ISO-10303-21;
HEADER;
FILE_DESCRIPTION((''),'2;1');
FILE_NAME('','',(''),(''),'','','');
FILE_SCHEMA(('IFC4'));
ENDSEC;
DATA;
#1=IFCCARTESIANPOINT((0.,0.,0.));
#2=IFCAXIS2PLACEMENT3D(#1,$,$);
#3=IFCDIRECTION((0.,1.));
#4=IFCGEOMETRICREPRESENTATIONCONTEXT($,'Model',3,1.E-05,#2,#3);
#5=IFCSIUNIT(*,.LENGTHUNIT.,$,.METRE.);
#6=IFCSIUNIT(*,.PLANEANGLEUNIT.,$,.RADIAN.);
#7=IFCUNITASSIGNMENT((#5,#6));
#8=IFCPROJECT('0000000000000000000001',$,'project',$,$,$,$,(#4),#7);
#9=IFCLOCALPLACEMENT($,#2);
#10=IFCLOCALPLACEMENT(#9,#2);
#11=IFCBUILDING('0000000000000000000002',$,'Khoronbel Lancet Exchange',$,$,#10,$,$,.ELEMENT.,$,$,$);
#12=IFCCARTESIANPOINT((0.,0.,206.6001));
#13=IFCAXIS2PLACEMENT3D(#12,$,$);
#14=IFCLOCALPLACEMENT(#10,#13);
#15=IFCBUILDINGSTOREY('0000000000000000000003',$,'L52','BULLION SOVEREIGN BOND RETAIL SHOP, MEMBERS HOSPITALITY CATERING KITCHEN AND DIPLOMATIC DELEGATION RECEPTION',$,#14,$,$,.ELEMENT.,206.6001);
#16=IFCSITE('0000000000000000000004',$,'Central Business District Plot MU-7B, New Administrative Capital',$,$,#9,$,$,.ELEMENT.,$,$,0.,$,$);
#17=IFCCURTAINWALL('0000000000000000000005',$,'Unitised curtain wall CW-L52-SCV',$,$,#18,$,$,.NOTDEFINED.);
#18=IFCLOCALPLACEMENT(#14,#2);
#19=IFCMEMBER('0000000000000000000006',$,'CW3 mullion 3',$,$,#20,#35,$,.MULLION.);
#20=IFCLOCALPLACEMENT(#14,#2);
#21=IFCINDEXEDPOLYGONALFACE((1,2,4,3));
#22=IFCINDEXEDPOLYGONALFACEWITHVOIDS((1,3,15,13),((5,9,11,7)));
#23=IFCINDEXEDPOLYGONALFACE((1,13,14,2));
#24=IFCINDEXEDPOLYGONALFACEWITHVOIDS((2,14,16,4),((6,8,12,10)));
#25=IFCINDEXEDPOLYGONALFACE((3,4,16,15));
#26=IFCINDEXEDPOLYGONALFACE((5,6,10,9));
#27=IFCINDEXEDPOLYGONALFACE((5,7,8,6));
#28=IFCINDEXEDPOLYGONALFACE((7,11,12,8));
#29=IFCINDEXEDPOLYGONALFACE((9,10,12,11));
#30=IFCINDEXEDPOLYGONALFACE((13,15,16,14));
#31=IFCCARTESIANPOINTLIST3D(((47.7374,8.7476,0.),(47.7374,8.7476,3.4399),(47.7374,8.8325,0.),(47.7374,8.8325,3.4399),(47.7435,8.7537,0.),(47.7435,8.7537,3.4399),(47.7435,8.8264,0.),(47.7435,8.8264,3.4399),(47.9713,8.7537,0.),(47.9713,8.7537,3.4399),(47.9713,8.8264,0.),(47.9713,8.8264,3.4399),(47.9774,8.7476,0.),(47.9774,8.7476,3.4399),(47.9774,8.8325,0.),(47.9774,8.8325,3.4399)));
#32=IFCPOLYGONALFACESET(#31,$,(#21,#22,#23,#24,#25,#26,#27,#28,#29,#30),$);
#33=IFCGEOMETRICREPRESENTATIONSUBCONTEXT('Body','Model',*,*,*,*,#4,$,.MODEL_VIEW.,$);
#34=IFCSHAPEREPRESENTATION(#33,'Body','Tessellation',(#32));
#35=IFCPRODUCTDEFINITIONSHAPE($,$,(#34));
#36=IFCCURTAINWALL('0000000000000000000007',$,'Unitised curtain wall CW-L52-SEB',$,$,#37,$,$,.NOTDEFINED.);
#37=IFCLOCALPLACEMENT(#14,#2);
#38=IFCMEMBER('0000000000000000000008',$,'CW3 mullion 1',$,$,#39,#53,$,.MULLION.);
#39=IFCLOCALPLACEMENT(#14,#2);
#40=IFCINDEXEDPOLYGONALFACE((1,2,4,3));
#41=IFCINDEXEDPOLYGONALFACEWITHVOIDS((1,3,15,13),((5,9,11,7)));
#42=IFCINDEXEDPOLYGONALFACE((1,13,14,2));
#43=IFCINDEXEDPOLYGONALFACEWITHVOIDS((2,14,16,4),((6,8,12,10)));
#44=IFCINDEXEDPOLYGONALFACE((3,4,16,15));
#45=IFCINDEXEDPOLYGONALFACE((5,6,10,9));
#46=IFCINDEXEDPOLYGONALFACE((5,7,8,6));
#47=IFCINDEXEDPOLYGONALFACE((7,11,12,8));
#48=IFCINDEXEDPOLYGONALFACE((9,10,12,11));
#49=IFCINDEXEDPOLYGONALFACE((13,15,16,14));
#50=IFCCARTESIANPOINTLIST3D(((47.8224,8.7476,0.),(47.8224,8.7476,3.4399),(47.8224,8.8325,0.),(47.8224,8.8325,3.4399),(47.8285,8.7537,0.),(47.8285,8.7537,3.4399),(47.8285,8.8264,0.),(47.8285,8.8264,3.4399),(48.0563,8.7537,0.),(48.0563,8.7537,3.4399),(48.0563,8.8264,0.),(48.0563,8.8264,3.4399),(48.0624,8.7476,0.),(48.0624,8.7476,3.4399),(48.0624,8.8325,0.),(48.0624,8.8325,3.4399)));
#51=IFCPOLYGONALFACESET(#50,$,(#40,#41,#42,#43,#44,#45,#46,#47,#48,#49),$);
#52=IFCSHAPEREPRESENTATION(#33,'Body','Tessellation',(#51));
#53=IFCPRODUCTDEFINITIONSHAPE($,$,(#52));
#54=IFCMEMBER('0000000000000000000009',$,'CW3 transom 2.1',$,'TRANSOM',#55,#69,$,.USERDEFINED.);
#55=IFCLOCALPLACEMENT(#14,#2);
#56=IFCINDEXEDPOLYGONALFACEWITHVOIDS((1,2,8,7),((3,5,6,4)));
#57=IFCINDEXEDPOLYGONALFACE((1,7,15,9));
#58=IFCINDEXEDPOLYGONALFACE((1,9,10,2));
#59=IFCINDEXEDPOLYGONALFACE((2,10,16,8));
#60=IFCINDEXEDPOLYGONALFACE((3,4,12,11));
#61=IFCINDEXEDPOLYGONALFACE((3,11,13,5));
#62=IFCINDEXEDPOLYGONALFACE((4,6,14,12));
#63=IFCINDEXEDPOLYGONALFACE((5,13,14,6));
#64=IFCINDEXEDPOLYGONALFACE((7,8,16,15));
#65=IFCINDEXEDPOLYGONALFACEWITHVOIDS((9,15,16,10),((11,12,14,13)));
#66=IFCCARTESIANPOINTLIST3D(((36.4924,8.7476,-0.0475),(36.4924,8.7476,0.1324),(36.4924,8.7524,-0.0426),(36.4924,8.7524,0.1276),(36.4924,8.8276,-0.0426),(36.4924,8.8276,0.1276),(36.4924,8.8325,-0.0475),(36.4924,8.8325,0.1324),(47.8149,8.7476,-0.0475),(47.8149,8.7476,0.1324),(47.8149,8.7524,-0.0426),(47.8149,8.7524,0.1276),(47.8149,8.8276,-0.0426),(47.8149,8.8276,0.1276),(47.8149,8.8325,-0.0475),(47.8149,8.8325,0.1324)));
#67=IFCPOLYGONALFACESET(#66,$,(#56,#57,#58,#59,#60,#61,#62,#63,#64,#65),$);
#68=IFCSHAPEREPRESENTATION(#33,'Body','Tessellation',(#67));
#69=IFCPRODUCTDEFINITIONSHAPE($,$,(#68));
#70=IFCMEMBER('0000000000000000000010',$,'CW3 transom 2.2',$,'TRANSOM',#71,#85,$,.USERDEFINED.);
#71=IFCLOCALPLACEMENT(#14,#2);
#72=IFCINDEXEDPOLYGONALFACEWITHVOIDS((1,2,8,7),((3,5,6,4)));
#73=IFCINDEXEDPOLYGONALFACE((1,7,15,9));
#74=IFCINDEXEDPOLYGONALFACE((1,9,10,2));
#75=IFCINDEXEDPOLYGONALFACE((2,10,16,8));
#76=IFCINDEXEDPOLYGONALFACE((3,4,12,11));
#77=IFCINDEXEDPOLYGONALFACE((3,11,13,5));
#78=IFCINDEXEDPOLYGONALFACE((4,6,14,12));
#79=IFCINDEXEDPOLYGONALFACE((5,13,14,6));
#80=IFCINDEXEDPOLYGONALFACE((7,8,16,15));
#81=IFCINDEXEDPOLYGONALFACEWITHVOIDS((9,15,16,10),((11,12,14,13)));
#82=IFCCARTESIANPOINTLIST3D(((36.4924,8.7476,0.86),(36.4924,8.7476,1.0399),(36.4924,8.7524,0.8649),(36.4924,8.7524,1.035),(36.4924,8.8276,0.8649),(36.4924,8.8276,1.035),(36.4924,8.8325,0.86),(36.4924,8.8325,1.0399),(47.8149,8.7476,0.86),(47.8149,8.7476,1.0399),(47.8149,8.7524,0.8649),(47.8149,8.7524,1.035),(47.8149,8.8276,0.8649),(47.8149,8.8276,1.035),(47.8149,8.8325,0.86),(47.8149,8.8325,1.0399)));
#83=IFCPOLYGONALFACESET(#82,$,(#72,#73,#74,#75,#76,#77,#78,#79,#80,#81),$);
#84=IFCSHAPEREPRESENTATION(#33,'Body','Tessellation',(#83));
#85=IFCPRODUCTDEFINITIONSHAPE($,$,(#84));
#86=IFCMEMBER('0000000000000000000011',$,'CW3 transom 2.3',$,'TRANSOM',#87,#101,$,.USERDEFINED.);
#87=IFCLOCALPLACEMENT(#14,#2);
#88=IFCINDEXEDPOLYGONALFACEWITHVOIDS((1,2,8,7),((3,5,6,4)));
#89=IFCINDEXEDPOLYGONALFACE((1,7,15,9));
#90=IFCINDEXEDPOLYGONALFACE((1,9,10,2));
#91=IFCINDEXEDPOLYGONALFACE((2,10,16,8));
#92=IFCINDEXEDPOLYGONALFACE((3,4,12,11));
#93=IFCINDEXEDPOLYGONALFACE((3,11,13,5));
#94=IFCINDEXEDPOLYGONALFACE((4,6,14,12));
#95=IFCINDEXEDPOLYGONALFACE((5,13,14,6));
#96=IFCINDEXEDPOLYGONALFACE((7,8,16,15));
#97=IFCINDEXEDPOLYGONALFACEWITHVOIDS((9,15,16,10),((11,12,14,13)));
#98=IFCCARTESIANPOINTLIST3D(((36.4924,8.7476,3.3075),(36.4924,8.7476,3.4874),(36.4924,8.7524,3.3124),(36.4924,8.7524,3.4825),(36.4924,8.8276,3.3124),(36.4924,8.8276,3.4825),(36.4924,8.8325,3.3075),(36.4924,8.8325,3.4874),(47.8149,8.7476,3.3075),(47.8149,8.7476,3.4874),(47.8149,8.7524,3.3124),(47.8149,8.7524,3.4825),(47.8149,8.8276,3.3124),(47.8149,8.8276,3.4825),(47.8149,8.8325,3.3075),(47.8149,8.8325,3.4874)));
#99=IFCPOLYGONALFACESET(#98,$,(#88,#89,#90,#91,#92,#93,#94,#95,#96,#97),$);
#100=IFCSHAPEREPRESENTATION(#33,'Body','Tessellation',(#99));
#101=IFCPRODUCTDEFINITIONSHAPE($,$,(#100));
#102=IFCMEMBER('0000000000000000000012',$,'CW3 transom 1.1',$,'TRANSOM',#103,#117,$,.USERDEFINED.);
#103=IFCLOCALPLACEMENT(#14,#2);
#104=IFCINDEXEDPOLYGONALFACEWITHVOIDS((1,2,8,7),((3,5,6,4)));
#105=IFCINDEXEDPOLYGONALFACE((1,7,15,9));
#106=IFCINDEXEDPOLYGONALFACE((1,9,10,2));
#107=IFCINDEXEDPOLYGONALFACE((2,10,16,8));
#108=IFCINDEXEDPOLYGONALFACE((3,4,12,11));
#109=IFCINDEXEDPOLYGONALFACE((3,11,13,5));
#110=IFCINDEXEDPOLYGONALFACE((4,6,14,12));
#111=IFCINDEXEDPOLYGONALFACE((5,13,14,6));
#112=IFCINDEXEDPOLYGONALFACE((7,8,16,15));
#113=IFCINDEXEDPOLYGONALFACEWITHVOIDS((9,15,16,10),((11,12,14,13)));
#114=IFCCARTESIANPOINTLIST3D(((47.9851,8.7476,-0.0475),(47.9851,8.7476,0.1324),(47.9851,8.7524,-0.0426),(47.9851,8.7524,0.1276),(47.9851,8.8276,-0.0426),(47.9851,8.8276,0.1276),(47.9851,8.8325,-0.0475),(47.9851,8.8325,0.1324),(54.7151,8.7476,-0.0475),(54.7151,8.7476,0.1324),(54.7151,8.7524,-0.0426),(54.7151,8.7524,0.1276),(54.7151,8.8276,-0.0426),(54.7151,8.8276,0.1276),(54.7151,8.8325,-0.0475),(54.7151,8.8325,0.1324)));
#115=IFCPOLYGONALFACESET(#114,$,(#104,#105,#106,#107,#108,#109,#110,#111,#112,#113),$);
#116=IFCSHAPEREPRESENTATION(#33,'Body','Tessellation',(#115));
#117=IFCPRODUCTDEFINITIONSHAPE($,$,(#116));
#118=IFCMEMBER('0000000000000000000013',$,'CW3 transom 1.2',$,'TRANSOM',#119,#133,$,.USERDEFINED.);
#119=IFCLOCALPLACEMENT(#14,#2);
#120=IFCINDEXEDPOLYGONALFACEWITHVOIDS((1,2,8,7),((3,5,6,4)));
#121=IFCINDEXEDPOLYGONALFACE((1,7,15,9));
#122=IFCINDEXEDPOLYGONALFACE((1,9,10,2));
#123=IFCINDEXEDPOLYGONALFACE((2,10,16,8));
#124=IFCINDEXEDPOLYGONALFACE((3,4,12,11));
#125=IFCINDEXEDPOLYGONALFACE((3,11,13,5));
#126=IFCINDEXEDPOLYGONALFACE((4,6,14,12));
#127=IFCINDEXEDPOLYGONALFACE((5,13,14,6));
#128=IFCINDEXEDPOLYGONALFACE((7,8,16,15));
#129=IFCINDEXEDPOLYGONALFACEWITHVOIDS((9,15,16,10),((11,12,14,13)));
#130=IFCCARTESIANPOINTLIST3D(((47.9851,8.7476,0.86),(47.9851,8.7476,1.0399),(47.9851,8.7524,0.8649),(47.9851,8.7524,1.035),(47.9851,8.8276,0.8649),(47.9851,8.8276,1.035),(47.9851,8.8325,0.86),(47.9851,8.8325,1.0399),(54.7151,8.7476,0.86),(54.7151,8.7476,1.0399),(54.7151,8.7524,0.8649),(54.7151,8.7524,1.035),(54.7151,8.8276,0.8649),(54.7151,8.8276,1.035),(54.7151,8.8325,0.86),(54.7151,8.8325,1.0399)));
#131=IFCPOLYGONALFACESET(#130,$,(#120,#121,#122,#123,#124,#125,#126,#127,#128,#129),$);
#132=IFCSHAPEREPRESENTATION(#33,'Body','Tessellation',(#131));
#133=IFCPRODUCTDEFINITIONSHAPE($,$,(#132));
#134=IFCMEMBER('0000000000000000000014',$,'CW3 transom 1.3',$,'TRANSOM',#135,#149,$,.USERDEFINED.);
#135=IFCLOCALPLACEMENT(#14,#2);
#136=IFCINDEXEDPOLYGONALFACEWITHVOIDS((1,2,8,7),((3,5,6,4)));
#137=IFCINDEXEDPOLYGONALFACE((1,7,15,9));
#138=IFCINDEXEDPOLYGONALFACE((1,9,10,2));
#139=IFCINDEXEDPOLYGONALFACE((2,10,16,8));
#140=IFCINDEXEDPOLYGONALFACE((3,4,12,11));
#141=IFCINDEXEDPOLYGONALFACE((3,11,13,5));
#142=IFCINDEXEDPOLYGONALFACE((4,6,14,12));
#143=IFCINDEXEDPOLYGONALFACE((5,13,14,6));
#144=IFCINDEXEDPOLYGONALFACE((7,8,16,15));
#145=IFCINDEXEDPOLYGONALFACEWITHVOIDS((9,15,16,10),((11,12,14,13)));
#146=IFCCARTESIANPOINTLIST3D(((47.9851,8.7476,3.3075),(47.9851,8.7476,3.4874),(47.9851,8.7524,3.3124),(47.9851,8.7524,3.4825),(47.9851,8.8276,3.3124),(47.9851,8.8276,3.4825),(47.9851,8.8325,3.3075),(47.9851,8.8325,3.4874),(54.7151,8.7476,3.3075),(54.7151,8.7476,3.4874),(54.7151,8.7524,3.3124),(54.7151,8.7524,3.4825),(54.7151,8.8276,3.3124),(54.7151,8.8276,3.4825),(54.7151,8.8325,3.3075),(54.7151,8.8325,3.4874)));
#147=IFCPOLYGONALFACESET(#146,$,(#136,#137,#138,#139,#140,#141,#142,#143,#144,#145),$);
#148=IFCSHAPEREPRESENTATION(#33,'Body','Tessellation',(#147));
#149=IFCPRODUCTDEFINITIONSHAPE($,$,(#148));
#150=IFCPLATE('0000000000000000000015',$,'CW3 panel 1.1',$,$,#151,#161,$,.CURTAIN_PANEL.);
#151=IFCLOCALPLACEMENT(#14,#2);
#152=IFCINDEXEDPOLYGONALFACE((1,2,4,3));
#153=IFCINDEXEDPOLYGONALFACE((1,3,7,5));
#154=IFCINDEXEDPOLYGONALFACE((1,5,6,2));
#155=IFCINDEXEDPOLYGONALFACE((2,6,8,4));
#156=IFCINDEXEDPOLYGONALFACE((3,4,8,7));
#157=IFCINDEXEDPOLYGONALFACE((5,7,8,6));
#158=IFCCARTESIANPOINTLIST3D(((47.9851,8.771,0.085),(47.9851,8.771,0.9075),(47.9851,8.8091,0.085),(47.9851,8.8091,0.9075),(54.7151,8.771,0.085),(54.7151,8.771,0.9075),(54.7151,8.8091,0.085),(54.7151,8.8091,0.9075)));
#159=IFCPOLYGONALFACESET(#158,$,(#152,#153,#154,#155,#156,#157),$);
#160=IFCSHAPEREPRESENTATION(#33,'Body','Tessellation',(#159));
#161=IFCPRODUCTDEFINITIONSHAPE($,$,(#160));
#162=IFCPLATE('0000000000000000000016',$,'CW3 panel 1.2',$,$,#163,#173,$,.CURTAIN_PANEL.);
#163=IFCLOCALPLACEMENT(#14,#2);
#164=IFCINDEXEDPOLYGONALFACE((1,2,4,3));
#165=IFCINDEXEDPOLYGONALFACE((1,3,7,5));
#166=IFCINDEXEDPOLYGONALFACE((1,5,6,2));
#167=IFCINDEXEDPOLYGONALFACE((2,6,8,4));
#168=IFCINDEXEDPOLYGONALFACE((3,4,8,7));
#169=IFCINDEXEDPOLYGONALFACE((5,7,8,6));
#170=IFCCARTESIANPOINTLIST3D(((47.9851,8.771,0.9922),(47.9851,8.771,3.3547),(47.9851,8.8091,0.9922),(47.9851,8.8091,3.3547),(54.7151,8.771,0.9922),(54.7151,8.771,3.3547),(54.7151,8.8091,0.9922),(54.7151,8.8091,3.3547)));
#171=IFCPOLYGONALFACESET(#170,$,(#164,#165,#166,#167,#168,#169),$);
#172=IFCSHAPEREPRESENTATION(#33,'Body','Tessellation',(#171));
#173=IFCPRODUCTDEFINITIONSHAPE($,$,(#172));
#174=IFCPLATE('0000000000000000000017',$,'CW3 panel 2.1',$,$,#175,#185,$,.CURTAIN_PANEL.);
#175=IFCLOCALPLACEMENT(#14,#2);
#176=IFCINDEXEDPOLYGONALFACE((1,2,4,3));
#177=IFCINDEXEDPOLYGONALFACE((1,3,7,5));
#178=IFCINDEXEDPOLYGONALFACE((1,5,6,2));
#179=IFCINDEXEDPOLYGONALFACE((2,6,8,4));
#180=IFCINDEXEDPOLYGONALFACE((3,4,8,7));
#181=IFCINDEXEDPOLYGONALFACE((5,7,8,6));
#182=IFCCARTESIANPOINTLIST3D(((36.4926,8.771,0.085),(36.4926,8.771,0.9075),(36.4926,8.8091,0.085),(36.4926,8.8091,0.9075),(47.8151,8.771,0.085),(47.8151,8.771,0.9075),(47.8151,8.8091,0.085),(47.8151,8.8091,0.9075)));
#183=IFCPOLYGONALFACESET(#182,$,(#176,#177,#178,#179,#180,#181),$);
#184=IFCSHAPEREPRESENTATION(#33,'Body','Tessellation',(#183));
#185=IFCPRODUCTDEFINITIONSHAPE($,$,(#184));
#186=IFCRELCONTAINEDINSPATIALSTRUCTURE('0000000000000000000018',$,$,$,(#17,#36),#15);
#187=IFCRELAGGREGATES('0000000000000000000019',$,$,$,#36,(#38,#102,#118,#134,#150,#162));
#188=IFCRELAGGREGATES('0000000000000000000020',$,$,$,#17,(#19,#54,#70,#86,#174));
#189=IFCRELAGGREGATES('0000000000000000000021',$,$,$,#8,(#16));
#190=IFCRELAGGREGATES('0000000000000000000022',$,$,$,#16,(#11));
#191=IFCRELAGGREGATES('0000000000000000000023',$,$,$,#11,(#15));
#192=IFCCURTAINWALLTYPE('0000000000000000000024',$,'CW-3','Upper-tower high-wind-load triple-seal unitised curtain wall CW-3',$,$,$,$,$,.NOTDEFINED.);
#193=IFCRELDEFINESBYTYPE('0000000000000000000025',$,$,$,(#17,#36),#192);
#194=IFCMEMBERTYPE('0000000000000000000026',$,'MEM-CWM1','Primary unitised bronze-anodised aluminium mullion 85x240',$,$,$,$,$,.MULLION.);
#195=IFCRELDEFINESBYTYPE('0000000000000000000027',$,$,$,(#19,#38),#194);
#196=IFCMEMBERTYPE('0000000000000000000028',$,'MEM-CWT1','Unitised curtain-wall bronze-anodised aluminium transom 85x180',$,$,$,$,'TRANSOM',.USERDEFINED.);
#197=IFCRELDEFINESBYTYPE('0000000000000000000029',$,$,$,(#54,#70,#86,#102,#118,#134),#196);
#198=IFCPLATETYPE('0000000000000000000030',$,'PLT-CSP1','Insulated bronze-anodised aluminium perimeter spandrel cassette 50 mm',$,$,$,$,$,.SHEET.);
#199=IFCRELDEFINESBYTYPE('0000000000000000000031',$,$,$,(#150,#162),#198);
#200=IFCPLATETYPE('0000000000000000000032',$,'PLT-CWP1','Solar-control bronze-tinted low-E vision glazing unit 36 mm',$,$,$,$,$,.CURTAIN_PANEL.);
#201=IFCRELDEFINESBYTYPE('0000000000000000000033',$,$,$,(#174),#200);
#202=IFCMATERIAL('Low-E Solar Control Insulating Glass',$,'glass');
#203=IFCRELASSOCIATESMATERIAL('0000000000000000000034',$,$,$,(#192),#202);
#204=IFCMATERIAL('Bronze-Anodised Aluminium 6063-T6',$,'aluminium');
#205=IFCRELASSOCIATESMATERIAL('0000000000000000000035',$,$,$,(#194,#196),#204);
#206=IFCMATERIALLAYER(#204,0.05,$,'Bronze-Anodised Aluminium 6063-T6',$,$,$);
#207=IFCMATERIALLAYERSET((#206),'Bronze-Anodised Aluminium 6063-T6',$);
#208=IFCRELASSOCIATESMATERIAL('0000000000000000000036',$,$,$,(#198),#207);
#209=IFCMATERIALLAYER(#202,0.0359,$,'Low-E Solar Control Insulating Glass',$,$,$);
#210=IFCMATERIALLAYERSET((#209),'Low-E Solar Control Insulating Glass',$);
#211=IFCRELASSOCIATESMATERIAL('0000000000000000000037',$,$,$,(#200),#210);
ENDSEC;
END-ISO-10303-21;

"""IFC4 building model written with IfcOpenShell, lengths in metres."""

from ifc_helpers import new_model, si_unit, direction, frame, origin, origin_2d, place, context, subcontext, project, spatial, rectangle, hollow_rectangle, extrude, material, layer, layer_set, material_profile, profile_set, type_object, element, aggregate, save


model = new_model("IFC4")

# Units and contexts
model_context = context("Model", 3, precision=1e-05, world=origin(), true_north=direction((0.0, 1.0)))
body_context = subcontext(model_context, "Body", "Model", "MODEL_VIEW")
ifc_project = project(units=[si_unit("LENGTHUNIT", "METRE"), si_unit("PLANEANGLEUNIT", "RADIAN")], contexts=[model_context])

# Site, building, storey
site_placement = place(None, origin())
site = spatial("IfcSite", under=ifc_project, at=site_placement, Name="Central Business District Plot MU-7B, New Administrative Capital", CompositionType="ELEMENT", RefElevation=0.0)
building_placement = place(site_placement, origin())
building = spatial("IfcBuilding", under=site, at=building_placement, Name="Khoronbel Lancet Exchange", CompositionType="ELEMENT")
storey_placement = place(building_placement, frame((0.0, 0.0, 206.6001)))
storey = spatial("IfcBuildingStorey", under=building, at=storey_placement, Name="L52", Description="BULLION SOVEREIGN BOND RETAIL SHOP, MEMBERS HOSPITALITY CATERING KITCHEN AND DIPLOMATIC DELEGATION RECEPTION", CompositionType="ELEMENT", Elevation=206.6001)

# Curtain wall, member
ifc_material_1 = material(Name="Low-E Solar Control Insulating Glass", Category="glass")
curtain_wall_type = type_object("IfcCurtainWallType", Name="CW-3", Description="Upper-tower high-wind-load triple-seal unitised curtain wall CW-3", PredefinedType="NOTDEFINED", material=ifc_material_1)
curtain_wall_1_placement = place(storey_placement, origin())
curtain_wall_1 = element("IfcCurtainWall", 1, at=curtain_wall_1_placement, inside=storey, type_object=curtain_wall_type, Name="Unitised curtain wall CW-L52-SCV", PredefinedType="NOTDEFINED")
ifc_material_2 = material(Name="Bronze-Anodised Aluminium 6063-T6", Category="aluminium")
ifc_material_profile_1 = material_profile(ifc_material_2, hollow_rectangle(XDim=0.085, YDim=0.24, WallThickness=0.0061, at=origin_2d()), Name="ALU MULLION 85x240")
ifc_profile_set_1 = profile_set([ifc_material_profile_1], Name="Bronze-Anodised Aluminium 6063-T6")
member_type_1 = type_object("IfcMemberType", Name="MEM-CWM1", Description="Primary unitised bronze-anodised aluminium mullion 85x240", PredefinedType="MULLION", material=ifc_profile_set_1)
member_1_placement = place(storey_placement, frame((47.8574, 8.79, 0.0), z_axis=(0.0, 0.0, 1.0), x_axis=(0.0, 1.0, 0.0)))
member_1 = element("IfcMember", 2, at=member_1_placement, type_object=member_type_1, Name="CW3 mullion 3", PredefinedType="MULLION", context=body_context, shape_type="SweptSolid", body=[
    extrude(hollow_rectangle(XDim=0.085, YDim=0.24, WallThickness=0.0061, at=origin_2d()), origin(), (0.0, 0.0, 1.0), 3.4399),
])

# Curtain wall, member
curtain_wall_2_placement = place(storey_placement, origin())
curtain_wall_2 = element("IfcCurtainWall", 3, at=curtain_wall_2_placement, inside=storey, type_object=curtain_wall_type, Name="Unitised curtain wall CW-L52-SEB", PredefinedType="NOTDEFINED")
member_2_placement = place(storey_placement, frame((47.9424, 8.79, 0.0), z_axis=(0.0, 0.0, 1.0), x_axis=(0.0, 1.0, 0.0)))
member_2 = element("IfcMember", 4, at=member_2_placement, type_object=member_type_1, Name="CW3 mullion 1", PredefinedType="MULLION", context=body_context, shape_type="SweptSolid", body=[
    extrude(hollow_rectangle(XDim=0.085, YDim=0.24, WallThickness=0.0061, at=origin_2d()), origin(), (0.0, 0.0, 1.0), 3.4399),
])

# Members
ifc_material_profile_2 = material_profile(ifc_material_2, hollow_rectangle(XDim=0.085, YDim=0.1799, WallThickness=0.0049, at=origin_2d()), Name="ALU TRANSOM 85x180")
ifc_profile_set_2 = profile_set([ifc_material_profile_2], Name="Bronze-Anodised Aluminium 6063-T6")
member_type_2 = type_object("IfcMemberType", Name="MEM-CWT1", Description="Unitised curtain-wall bronze-anodised aluminium transom 85x180", ElementType="TRANSOM", PredefinedType="USERDEFINED", material=ifc_profile_set_2)
member_3_placement = place(storey_placement, frame((36.4924, 8.79, 0.0425), z_axis=(1.0, 0.0, 0.0), x_axis=(0.0, 1.0, 0.0)))
member_3 = element("IfcMember", 5, at=member_3_placement, type_object=member_type_2, Name="CW3 transom 2.1", ObjectType="TRANSOM", PredefinedType="USERDEFINED", context=body_context, shape_type="SweptSolid", body=[
    extrude(hollow_rectangle(XDim=0.085, YDim=0.1799, WallThickness=0.0049, at=origin_2d()), origin(), (0.0, 0.0, 1.0), 11.3225),
])
member_4_placement = place(storey_placement, frame((36.4924, 8.79, 0.95), z_axis=(1.0, 0.0, 0.0), x_axis=(0.0, 1.0, 0.0)))
member_4 = element("IfcMember", 6, at=member_4_placement, type_object=member_type_2, Name="CW3 transom 2.2", ObjectType="TRANSOM", PredefinedType="USERDEFINED", context=body_context, shape_type="SweptSolid", body=[
    extrude(hollow_rectangle(XDim=0.085, YDim=0.1799, WallThickness=0.0049, at=origin_2d()), origin(), (0.0, 0.0, 1.0), 11.3225),
])
member_5_placement = place(storey_placement, frame((36.4924, 8.79, 3.3975), z_axis=(1.0, 0.0, 0.0), x_axis=(0.0, 1.0, 0.0)))
member_5 = element("IfcMember", 7, at=member_5_placement, type_object=member_type_2, Name="CW3 transom 2.3", ObjectType="TRANSOM", PredefinedType="USERDEFINED", context=body_context, shape_type="SweptSolid", body=[
    extrude(hollow_rectangle(XDim=0.085, YDim=0.1799, WallThickness=0.0049, at=origin_2d()), origin(), (0.0, 0.0, 1.0), 11.3225),
])
member_6_placement = place(storey_placement, frame((47.9851, 8.79, 0.0425), z_axis=(1.0, 0.0, 0.0), x_axis=(0.0, 1.0, 0.0)))
member_6 = element("IfcMember", 8, at=member_6_placement, type_object=member_type_2, Name="CW3 transom 1.1", ObjectType="TRANSOM", PredefinedType="USERDEFINED", context=body_context, shape_type="SweptSolid", body=[
    extrude(hollow_rectangle(XDim=0.085, YDim=0.1799, WallThickness=0.0049, at=origin_2d()), origin(), (0.0, 0.0, 1.0), 6.73),
])
member_7_placement = place(storey_placement, frame((47.9851, 8.79, 0.95), z_axis=(1.0, 0.0, 0.0), x_axis=(0.0, 1.0, 0.0)))
member_7 = element("IfcMember", 9, at=member_7_placement, type_object=member_type_2, Name="CW3 transom 1.2", ObjectType="TRANSOM", PredefinedType="USERDEFINED", context=body_context, shape_type="SweptSolid", body=[
    extrude(hollow_rectangle(XDim=0.085, YDim=0.1799, WallThickness=0.0049, at=origin_2d()), origin(), (0.0, 0.0, 1.0), 6.73),
])
member_8_placement = place(storey_placement, frame((47.9851, 8.79, 3.3975), z_axis=(1.0, 0.0, 0.0), x_axis=(0.0, 1.0, 0.0)))
member_8 = element("IfcMember", 10, at=member_8_placement, type_object=member_type_2, Name="CW3 transom 1.3", ObjectType="TRANSOM", PredefinedType="USERDEFINED", context=body_context, shape_type="SweptSolid", body=[
    extrude(hollow_rectangle(XDim=0.085, YDim=0.1799, WallThickness=0.0049, at=origin_2d()), origin(), (0.0, 0.0, 1.0), 6.73),
])

# Plates
ifc_layer_1 = layer(ifc_material_2, 0.05, Name="Bronze-Anodised Aluminium 6063-T6")
ifc_layer_set_1 = layer_set([ifc_layer_1], Name="Bronze-Anodised Aluminium 6063-T6")
plate_type_1 = type_object("IfcPlateType", Name="PLT-CSP1", Description="Insulated bronze-anodised aluminium perimeter spandrel cassette 50 mm", PredefinedType="SHEET", material=ifc_layer_set_1)
plate_1_placement = place(storey_placement, frame((51.3501, 8.79, 0.085), z_axis=(0.0, 0.0, 1.0), x_axis=(1.0, 0.0, 0.0)))
plate_1 = element("IfcPlate", 11, at=plate_1_placement, type_object=plate_type_1, Name="CW3 panel 1.1", PredefinedType="CURTAIN_PANEL", context=body_context, shape_type="SweptSolid", body=[
    extrude(rectangle(XDim=6.73, YDim=0.0381, at=origin_2d()), origin(), (0.0, 0.0, 1.0), 0.8225),
])
plate_2_placement = place(storey_placement, frame((51.3501, 8.79, 0.9922), z_axis=(0.0, 0.0, 1.0), x_axis=(1.0, 0.0, 0.0)))
plate_2 = element("IfcPlate", 12, at=plate_2_placement, type_object=plate_type_1, Name="CW3 panel 1.2", PredefinedType="CURTAIN_PANEL", context=body_context, shape_type="SweptSolid", body=[
    extrude(rectangle(XDim=6.73, YDim=0.0381, at=origin_2d()), origin(), (0.0, 0.0, 1.0), 2.3625),
])
aggregate(curtain_wall_2, [member_2, member_6, member_7, member_8, plate_1, plate_2])
ifc_layer_2 = layer(ifc_material_1, 0.0359, Name="Low-E Solar Control Insulating Glass")
ifc_layer_set_2 = layer_set([ifc_layer_2], Name="Low-E Solar Control Insulating Glass")
plate_type_2 = type_object("IfcPlateType", Name="PLT-CWP1", Description="Solar-control bronze-tinted low-E vision glazing unit 36 mm", PredefinedType="CURTAIN_PANEL", material=ifc_layer_set_2)
plate_3_placement = place(storey_placement, frame((42.1538, 8.79, 0.085), z_axis=(0.0, 0.0, 1.0), x_axis=(1.0, 0.0, 0.0)))
plate_3 = element("IfcPlate", 13, at=plate_3_placement, type_object=plate_type_2, Name="CW3 panel 2.1", PredefinedType="CURTAIN_PANEL", context=body_context, shape_type="SweptSolid", body=[
    extrude(rectangle(XDim=11.3225, YDim=0.0381, at=origin_2d()), origin(), (0.0, 0.0, 1.0), 0.8225),
])
aggregate(curtain_wall_1, [member_1, member_3, member_4, member_5, plate_3])

save(model, "model.ifc")
